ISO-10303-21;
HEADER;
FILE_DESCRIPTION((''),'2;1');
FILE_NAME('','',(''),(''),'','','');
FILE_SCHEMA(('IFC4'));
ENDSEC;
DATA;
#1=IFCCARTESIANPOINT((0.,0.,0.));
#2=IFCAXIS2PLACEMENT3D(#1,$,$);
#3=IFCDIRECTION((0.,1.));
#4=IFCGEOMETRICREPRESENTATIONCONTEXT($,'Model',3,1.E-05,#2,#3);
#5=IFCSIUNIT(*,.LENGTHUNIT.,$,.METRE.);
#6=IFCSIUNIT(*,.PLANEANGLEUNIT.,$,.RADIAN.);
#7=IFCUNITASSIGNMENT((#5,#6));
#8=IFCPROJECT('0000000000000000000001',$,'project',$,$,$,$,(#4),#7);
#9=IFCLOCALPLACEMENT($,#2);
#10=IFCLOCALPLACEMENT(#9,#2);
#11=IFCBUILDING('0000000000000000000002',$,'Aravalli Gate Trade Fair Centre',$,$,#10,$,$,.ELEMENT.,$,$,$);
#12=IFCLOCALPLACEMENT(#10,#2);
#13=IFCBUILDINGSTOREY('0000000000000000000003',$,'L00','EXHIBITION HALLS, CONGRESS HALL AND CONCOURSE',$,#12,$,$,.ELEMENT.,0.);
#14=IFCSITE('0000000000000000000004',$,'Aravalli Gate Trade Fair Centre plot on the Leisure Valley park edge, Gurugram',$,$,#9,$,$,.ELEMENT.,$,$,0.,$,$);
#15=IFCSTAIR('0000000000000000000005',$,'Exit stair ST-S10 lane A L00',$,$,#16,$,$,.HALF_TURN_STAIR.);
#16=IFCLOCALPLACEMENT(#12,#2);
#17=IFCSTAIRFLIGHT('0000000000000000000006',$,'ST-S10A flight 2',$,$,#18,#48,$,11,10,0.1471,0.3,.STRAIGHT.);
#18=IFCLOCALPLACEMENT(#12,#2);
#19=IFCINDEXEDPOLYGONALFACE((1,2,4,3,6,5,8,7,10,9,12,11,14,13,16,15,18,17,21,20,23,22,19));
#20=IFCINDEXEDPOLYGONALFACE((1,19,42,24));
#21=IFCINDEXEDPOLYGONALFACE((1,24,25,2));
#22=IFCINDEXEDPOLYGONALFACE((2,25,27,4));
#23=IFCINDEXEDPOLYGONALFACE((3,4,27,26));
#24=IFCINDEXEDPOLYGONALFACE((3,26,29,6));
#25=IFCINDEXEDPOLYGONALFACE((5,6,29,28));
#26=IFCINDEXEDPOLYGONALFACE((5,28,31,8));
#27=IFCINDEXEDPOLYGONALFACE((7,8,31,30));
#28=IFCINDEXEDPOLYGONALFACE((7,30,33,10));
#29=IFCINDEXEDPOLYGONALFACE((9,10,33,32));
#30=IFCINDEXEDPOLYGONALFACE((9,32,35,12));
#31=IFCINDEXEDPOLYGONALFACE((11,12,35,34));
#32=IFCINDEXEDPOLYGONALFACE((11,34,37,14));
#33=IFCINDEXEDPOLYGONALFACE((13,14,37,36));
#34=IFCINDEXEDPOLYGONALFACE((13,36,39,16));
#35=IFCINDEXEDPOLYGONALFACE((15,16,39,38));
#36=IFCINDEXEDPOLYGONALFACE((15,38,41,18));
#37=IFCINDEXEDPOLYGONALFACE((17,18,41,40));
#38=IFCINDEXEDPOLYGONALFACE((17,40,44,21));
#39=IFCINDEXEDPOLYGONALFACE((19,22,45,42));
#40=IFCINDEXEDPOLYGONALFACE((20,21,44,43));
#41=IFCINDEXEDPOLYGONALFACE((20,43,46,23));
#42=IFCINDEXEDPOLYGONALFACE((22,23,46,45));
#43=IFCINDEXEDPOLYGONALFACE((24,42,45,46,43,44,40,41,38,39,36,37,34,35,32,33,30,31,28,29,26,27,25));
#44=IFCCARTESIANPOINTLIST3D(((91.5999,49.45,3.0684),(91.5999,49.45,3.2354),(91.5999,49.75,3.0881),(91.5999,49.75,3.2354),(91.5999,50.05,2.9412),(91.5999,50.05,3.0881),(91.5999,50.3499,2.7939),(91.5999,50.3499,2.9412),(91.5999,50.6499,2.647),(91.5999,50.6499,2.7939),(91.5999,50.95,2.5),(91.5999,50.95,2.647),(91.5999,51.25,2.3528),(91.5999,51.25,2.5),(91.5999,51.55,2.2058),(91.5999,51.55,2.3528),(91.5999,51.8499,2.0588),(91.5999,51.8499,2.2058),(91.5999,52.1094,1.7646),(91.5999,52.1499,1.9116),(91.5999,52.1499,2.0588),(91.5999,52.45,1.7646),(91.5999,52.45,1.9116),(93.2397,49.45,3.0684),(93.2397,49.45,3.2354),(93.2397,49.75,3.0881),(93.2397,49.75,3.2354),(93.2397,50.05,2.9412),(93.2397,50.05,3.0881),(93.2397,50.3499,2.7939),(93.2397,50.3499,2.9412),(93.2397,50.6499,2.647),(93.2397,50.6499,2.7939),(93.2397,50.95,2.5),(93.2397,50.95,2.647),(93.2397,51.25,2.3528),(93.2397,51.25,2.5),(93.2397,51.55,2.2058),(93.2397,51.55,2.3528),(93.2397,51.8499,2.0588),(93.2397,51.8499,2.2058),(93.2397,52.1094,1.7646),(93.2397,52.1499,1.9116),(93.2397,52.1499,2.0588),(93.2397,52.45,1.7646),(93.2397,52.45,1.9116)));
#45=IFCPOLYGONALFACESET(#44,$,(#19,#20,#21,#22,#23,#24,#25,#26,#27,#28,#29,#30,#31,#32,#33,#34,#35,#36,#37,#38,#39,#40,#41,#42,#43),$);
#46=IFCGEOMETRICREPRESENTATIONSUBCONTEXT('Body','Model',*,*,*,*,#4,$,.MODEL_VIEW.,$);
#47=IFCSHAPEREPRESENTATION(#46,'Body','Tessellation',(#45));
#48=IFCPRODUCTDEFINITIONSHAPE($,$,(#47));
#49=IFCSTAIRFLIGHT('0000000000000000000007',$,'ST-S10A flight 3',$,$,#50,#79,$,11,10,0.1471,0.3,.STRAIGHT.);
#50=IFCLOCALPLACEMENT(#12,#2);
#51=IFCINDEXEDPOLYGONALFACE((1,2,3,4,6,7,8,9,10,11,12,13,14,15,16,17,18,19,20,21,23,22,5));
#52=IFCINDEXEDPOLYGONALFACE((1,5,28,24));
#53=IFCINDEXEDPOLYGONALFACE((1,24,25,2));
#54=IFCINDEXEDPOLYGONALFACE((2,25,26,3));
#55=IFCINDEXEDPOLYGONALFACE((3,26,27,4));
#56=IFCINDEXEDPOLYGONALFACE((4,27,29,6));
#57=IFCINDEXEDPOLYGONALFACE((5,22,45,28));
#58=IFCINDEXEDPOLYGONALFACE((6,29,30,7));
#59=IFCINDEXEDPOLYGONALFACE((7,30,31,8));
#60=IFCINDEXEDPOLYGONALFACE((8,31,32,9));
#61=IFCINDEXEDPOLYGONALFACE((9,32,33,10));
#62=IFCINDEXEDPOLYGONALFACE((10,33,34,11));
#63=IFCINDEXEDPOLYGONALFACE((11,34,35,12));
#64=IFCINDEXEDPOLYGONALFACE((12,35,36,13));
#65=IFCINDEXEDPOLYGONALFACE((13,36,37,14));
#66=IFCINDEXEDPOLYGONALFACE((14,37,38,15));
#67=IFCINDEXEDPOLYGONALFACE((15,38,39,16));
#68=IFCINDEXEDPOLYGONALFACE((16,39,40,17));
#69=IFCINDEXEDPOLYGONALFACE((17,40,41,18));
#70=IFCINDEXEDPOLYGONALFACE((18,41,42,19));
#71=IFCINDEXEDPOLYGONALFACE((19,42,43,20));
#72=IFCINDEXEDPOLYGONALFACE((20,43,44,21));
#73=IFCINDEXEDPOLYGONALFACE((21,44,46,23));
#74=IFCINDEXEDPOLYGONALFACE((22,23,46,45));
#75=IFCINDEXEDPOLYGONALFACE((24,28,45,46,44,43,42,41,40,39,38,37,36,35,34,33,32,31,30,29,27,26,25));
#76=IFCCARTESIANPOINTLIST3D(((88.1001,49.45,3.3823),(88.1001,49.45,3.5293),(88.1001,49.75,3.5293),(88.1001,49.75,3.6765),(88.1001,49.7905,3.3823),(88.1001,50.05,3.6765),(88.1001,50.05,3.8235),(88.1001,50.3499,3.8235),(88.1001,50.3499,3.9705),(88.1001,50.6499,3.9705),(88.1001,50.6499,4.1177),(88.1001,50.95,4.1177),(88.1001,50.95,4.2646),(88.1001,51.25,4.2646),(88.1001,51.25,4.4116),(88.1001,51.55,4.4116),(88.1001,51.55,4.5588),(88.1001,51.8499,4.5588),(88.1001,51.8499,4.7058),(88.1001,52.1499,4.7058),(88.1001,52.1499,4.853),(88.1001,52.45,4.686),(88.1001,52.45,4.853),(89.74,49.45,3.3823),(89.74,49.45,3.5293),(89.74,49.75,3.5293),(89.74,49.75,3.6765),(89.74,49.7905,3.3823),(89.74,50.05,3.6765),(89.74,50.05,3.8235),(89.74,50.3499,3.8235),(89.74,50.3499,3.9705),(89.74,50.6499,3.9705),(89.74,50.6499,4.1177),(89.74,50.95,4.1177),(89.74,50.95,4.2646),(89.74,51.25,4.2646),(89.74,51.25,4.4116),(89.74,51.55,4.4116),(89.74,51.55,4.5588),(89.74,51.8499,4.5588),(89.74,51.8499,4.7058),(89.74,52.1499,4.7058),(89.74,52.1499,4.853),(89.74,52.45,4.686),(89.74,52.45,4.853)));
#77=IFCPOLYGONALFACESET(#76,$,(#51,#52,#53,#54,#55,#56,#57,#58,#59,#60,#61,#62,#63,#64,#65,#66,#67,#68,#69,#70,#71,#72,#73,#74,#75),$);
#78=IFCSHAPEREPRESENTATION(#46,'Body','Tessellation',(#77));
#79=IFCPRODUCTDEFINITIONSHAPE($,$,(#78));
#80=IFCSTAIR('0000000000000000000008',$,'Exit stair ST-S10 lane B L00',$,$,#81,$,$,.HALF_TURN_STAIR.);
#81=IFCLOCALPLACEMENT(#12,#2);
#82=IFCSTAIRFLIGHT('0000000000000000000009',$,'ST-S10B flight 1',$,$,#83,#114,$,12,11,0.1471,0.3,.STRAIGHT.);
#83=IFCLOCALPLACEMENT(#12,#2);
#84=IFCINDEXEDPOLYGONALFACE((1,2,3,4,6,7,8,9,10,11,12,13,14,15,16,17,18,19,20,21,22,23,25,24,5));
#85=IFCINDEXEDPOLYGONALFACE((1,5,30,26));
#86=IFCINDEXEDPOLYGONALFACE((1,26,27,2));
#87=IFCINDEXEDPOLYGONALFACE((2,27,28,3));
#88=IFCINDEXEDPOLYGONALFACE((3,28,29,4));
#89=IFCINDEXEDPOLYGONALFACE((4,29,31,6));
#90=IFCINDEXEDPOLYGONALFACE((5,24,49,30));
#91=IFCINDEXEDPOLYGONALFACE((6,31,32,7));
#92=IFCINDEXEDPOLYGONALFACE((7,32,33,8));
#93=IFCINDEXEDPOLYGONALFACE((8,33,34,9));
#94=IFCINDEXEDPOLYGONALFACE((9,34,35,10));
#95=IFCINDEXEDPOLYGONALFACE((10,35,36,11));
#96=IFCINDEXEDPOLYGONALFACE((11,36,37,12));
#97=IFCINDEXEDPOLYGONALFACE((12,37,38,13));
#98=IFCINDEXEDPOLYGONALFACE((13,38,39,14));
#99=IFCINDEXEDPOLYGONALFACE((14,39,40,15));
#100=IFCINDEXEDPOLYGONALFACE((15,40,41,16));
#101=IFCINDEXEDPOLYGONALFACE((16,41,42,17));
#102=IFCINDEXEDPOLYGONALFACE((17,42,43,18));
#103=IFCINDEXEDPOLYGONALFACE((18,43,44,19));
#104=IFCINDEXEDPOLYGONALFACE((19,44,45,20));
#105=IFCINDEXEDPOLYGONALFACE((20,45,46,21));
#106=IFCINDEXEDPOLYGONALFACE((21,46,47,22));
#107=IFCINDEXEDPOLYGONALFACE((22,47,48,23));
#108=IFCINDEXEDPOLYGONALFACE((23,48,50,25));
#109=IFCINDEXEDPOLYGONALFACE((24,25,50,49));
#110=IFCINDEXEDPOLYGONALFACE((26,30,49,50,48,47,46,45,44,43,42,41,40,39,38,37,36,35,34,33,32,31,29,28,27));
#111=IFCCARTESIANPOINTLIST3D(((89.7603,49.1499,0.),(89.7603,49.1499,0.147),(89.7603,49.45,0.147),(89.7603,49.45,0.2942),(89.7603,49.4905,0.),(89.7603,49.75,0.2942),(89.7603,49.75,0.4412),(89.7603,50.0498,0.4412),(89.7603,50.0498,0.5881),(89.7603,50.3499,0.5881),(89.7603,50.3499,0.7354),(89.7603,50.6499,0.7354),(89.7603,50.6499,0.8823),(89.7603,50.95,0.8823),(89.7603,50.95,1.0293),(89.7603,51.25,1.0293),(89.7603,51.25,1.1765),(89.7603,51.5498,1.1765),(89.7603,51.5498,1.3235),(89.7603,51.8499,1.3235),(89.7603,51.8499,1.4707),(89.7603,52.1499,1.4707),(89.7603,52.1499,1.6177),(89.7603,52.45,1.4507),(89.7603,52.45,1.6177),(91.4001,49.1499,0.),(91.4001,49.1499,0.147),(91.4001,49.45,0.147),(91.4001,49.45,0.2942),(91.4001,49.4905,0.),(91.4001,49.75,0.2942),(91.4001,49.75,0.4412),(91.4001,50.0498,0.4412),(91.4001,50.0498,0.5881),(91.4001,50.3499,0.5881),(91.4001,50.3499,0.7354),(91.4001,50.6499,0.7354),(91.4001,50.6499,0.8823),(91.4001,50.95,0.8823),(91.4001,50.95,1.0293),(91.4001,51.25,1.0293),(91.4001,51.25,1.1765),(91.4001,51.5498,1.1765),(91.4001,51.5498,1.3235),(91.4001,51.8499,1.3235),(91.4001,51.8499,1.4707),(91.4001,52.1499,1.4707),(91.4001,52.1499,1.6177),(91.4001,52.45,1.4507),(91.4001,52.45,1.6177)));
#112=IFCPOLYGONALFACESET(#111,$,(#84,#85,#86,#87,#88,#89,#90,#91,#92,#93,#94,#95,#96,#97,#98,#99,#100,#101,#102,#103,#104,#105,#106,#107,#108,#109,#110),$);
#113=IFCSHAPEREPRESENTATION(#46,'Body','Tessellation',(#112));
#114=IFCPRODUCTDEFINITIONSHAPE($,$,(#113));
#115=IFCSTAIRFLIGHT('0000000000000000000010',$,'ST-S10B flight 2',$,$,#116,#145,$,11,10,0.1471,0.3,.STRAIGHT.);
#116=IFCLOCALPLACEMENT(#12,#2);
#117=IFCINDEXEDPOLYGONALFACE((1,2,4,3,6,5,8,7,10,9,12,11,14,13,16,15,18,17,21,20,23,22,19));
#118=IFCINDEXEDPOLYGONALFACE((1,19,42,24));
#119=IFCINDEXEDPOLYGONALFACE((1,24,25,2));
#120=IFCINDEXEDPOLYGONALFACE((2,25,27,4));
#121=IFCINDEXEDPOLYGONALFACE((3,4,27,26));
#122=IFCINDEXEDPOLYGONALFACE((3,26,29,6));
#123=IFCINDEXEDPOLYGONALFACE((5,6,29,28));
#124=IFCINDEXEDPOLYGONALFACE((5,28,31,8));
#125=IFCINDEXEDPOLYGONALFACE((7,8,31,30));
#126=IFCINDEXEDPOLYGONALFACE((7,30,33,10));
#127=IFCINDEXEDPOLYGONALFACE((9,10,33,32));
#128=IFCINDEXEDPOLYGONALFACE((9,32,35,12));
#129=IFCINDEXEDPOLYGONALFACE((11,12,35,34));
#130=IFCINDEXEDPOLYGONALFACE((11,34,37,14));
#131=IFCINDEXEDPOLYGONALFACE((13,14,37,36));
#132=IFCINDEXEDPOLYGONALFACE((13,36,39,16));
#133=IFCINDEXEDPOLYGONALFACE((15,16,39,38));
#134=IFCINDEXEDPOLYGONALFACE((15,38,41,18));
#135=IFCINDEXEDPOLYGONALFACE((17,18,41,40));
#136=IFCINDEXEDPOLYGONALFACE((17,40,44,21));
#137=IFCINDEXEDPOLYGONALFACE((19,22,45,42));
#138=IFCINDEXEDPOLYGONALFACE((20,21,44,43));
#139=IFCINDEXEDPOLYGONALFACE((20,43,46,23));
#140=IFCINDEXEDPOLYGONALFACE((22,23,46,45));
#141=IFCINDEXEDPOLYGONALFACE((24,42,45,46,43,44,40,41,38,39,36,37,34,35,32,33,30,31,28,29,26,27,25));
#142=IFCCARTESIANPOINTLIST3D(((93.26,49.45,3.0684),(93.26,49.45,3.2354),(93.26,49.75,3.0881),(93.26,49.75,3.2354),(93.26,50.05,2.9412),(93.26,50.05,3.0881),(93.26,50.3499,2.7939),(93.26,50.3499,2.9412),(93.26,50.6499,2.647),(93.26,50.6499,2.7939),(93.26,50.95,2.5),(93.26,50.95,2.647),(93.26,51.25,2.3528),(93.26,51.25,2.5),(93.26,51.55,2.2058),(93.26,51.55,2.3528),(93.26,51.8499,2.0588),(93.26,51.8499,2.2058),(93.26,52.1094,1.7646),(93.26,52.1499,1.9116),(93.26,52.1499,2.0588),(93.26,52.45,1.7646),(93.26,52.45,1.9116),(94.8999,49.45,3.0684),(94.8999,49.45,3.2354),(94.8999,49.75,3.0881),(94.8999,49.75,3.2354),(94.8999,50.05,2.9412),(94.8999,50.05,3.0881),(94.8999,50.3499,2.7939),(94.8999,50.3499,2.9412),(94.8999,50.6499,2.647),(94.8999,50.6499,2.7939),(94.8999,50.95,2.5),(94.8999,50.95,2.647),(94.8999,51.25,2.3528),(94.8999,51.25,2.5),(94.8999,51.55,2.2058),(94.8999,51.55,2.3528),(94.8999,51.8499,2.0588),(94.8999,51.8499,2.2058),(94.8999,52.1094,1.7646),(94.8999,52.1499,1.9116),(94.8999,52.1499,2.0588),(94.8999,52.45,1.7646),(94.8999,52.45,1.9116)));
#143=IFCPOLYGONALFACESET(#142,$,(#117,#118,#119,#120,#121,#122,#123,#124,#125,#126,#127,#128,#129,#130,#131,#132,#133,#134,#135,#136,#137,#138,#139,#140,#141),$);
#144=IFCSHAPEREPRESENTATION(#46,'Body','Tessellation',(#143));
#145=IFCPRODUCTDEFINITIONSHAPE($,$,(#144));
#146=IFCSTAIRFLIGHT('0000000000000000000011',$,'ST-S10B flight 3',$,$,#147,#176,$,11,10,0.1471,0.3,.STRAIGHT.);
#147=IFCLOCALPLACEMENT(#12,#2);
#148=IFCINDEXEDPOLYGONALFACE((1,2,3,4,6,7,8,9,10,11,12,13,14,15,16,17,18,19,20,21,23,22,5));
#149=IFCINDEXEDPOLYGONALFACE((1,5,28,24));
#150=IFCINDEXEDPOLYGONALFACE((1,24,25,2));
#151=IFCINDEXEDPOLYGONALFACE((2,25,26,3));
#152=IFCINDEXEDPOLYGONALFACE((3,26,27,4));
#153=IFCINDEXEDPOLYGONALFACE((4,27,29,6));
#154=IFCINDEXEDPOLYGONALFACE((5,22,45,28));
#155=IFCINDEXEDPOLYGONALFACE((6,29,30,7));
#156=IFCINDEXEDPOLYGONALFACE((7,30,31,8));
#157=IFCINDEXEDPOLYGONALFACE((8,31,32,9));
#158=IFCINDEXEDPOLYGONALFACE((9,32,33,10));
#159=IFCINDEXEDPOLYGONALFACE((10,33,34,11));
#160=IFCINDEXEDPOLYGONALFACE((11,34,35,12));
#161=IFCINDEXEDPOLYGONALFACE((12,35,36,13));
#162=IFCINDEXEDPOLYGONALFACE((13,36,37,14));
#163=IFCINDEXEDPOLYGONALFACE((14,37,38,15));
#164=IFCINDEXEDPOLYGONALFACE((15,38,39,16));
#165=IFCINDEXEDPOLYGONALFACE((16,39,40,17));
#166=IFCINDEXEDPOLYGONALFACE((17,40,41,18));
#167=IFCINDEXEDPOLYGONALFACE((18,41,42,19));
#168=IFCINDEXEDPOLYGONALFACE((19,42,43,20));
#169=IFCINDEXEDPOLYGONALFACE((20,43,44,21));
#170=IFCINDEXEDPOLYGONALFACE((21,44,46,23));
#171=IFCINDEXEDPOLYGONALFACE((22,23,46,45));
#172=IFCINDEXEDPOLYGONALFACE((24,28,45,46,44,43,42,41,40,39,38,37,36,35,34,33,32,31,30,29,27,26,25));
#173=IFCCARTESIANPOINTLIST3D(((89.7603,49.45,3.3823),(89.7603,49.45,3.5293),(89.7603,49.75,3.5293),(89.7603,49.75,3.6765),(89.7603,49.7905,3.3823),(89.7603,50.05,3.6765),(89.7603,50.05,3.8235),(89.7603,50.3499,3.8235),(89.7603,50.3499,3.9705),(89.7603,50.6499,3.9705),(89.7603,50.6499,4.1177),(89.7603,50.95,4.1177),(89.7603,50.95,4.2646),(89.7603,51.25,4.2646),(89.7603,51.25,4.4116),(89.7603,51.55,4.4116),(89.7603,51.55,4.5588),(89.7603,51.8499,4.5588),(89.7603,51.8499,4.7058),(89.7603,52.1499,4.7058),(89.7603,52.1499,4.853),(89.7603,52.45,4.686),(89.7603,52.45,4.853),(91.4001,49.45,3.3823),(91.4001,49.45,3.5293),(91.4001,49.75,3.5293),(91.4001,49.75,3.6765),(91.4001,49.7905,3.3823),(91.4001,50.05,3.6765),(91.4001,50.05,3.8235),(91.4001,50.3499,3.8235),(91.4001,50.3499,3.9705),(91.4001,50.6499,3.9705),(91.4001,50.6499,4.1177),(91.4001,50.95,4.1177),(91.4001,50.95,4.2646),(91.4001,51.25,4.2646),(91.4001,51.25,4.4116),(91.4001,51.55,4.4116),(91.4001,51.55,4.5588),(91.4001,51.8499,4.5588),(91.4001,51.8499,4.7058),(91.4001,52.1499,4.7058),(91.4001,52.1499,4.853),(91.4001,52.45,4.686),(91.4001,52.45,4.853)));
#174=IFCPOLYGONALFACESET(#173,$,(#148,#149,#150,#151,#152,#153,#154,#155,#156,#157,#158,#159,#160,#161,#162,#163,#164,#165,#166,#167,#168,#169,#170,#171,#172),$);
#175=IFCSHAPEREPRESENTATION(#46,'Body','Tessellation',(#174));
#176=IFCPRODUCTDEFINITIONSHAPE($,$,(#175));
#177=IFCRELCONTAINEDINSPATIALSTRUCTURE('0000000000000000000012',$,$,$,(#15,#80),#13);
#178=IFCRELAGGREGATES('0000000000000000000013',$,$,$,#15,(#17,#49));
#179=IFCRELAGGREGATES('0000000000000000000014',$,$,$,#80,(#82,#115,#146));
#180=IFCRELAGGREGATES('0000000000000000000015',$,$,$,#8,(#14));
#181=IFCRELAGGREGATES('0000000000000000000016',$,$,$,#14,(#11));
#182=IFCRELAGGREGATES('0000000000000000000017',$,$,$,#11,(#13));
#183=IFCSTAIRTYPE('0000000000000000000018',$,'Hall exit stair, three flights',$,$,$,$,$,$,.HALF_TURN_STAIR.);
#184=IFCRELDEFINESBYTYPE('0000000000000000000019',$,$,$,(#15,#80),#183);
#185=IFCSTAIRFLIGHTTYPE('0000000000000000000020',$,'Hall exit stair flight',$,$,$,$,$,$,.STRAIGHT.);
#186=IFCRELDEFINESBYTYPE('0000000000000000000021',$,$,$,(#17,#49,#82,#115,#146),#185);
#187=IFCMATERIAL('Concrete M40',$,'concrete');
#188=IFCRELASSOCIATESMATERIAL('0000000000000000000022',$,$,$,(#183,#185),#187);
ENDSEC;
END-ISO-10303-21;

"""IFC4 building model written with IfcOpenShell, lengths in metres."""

from ifc_helpers import new_model, si_unit, direction, frame, origin, place, context, subcontext, project, spatial, polyline, outline, extrude, material, type_object, element, aggregate, save


model = new_model("IFC4")

# Units and contexts
model_context = context("Model", 3, precision=1e-05, world=origin(), true_north=direction((0.0, 1.0)))
body_context = subcontext(model_context, "Body", "Model", "MODEL_VIEW")
ifc_project = project(units=[si_unit("LENGTHUNIT", "METRE"), si_unit("PLANEANGLEUNIT", "RADIAN")], contexts=[model_context])

# Site, building, storey
site_placement = place(None, origin())
site = spatial("IfcSite", under=ifc_project, at=site_placement, Name="Aravalli Gate Trade Fair Centre plot on the Leisure Valley park edge, Gurugram", CompositionType="ELEMENT", RefElevation=0.0)
building_placement = place(site_placement, origin())
building = spatial("IfcBuilding", under=site, at=building_placement, Name="Aravalli Gate Trade Fair Centre", CompositionType="ELEMENT")
storey_placement = place(building_placement, origin())
storey = spatial("IfcBuildingStorey", under=building, at=storey_placement, Name="L00", Description="EXHIBITION HALLS, CONGRESS HALL AND CONCOURSE", CompositionType="ELEMENT", Elevation=0.0)

# Shared definitions
ifc_material_1 = material(Name="Concrete M40", Category="concrete")

# Stairs, stair flights
stair_type = type_object("IfcStairType", Name="Hall exit stair, three flights", PredefinedType="HALF_TURN_STAIR", material=ifc_material_1)
stair_1_placement = place(storey_placement, origin())
stair_1 = element("IfcStair", 1, at=stair_1_placement, inside=storey, type_object=stair_type, Name="Exit stair ST-S10 lane A L00", PredefinedType="HALF_TURN_STAIR")
stair_flight_type = type_object("IfcStairFlightType", Name="Hall exit stair flight", PredefinedType="STRAIGHT", material=ifc_material_1)
stair_flight_1_placement = place(storey_placement, frame((92.4199, 52.45, 1.7646), z_axis=(0.0, 0.0, 1.0), x_axis=(0.0, -1.0, 0.0)))
stair_flight_1 = element("IfcStairFlight", 2, at=stair_flight_1_placement, type_object=stair_flight_type, Name="ST-S10A flight 2", NumberOfRisers=11, NumberOfTreads=10, PredefinedType="STRAIGHT", RiserHeight=0.1471, TreadLength=0.3, context=body_context, shape_type="SweptSolid", body=[
    extrude(outline(polyline([(0.0, 0.0), (0.0, 0.147), (0.3, 0.147), (0.3, 0.2942), (0.6001, 0.2942), (0.6001, 0.4412), (0.8999, 0.4412), (0.8999, 0.5881), (1.2, 0.5881), (1.2, 0.7354), (1.5, 0.7354), (1.5, 0.8823), (1.8, 0.8823), (1.8, 1.0293), (2.1001, 1.0293), (2.1001, 1.1765), (2.3999, 1.1765), (2.3999, 1.3235), (2.7, 1.3235), (2.7, 1.4707), (3.0, 1.4707), (3.0, 1.6177), (3.0, 1.3037), (0.3406, 0.0), (0.0, 0.0)])), frame((0.0, 0.8198, 0.0), z_axis=(0.0, -1.0, 0.0), x_axis=(1.0, 0.0, 0.0)), (0.0, 0.0, 1.0), 1.6399),
])
stair_flight_2_placement = place(storey_placement, frame((88.9199, 49.45, 3.3823), z_axis=(0.0, 0.0, 1.0), x_axis=(0.0, 1.0, 0.0)))
stair_flight_2 = element("IfcStairFlight", 3, at=stair_flight_2_placement, type_object=stair_flight_type, Name="ST-S10A flight 3", NumberOfRisers=11, NumberOfTreads=10, PredefinedType="STRAIGHT", RiserHeight=0.1471, TreadLength=0.3, context=body_context, shape_type="SweptSolid", body=[
    extrude(outline(polyline([(0.0, 0.0), (0.0, 0.147), (0.3, 0.147), (0.3, 0.2942), (0.6001, 0.2942), (0.6001, 0.4412), (0.8999, 0.4412), (0.8999, 0.5881), (1.2, 0.5881), (1.2, 0.7354), (1.5, 0.7354), (1.5, 0.8823), (1.8, 0.8823), (1.8, 1.0293), (2.1001, 1.0293), (2.1001, 1.1765), (2.3999, 1.1765), (2.3999, 1.3235), (2.7, 1.3235), (2.7, 1.4707), (3.0, 1.4707), (3.0, 1.6177), (3.0, 1.3037), (0.3406, 0.0), (0.0, 0.0)])), frame((0.0, 0.8198, 0.0), z_axis=(0.0, -1.0, 0.0), x_axis=(1.0, 0.0, 0.0)), (0.0, 0.0, 1.0), 1.6399),
])
aggregate(stair_1, [stair_flight_1, stair_flight_2])
stair_2_placement = place(storey_placement, origin())
stair_2 = element("IfcStair", 4, at=stair_2_placement, inside=storey, type_object=stair_type, Name="Exit stair ST-S10 lane B L00", PredefinedType="HALF_TURN_STAIR")
stair_flight_3_placement = place(storey_placement, frame((90.5801, 49.1499, 0.0), z_axis=(0.0, 0.0, 1.0), x_axis=(0.0, 1.0, 0.0)))
stair_flight_3 = element("IfcStairFlight", 5, at=stair_flight_3_placement, type_object=stair_flight_type, Name="ST-S10B flight 1", NumberOfRisers=12, NumberOfTreads=11, PredefinedType="STRAIGHT", RiserHeight=0.1471, TreadLength=0.3, context=body_context, shape_type="SweptSolid", body=[
    extrude(outline(polyline([(0.0, 0.0), (0.0, 0.147), (0.3, 0.147), (0.3, 0.2942), (0.6001, 0.2942), (0.6001, 0.4412), (0.8999, 0.4412), (0.8999, 0.5881), (1.2, 0.5881), (1.2, 0.7354), (1.5, 0.7354), (1.5, 0.8823), (1.8, 0.8823), (1.8, 1.0293), (2.1001, 1.0293), (2.1001, 1.1765), (2.3999, 1.1765), (2.3999, 1.3235), (2.7, 1.3235), (2.7, 1.4707), (3.0, 1.4707), (3.0, 1.6177), (3.3, 1.6177), (3.3, 1.7646), (3.3, 1.4507), (0.3406, 0.0), (0.0, 0.0)])), frame((0.0, 0.8198, 0.0), z_axis=(0.0, -1.0, 0.0), x_axis=(1.0, 0.0, 0.0)), (0.0, 0.0, 1.0), 1.6399),
])
stair_flight_4_placement = place(storey_placement, frame((94.0801, 52.45, 1.7646), z_axis=(0.0, 0.0, 1.0), x_axis=(0.0, -1.0, 0.0)))
stair_flight_4 = element("IfcStairFlight", 6, at=stair_flight_4_placement, type_object=stair_flight_type, Name="ST-S10B flight 2", NumberOfRisers=11, NumberOfTreads=10, PredefinedType="STRAIGHT", RiserHeight=0.1471, TreadLength=0.3, context=body_context, shape_type="SweptSolid", body=[
    extrude(outline(polyline([(0.0, 0.0), (0.0, 0.147), (0.3, 0.147), (0.3, 0.2942), (0.6001, 0.2942), (0.6001, 0.4412), (0.8999, 0.4412), (0.8999, 0.5881), (1.2, 0.5881), (1.2, 0.7354), (1.5, 0.7354), (1.5, 0.8823), (1.8, 0.8823), (1.8, 1.0293), (2.1001, 1.0293), (2.1001, 1.1765), (2.3999, 1.1765), (2.3999, 1.3235), (2.7, 1.3235), (2.7, 1.4707), (3.0, 1.4707), (3.0, 1.6177), (3.0, 1.3037), (0.3406, 0.0), (0.0, 0.0)])), frame((0.0, 0.8198, 0.0), z_axis=(0.0, -1.0, 0.0), x_axis=(1.0, 0.0, 0.0)), (0.0, 0.0, 1.0), 1.6399),
])
stair_flight_5_placement = place(storey_placement, frame((90.5801, 49.45, 3.3823), z_axis=(0.0, 0.0, 1.0), x_axis=(0.0, 1.0, 0.0)))
stair_flight_5 = element("IfcStairFlight", 7, at=stair_flight_5_placement, type_object=stair_flight_type, Name="ST-S10B flight 3", NumberOfRisers=11, NumberOfTreads=10, PredefinedType="STRAIGHT", RiserHeight=0.1471, TreadLength=0.3, context=body_context, shape_type="SweptSolid", body=[
    extrude(outline(polyline([(0.0, 0.0), (0.0, 0.147), (0.3, 0.147), (0.3, 0.2942), (0.6001, 0.2942), (0.6001, 0.4412), (0.8999, 0.4412), (0.8999, 0.5881), (1.2, 0.5881), (1.2, 0.7354), (1.5, 0.7354), (1.5, 0.8823), (1.8, 0.8823), (1.8, 1.0293), (2.1001, 1.0293), (2.1001, 1.1765), (2.3999, 1.1765), (2.3999, 1.3235), (2.7, 1.3235), (2.7, 1.4707), (3.0, 1.4707), (3.0, 1.6177), (3.0, 1.3037), (0.3406, 0.0), (0.0, 0.0)])), frame((0.0, 0.8198, 0.0), z_axis=(0.0, -1.0, 0.0), x_axis=(1.0, 0.0, 0.0)), (0.0, 0.0, 1.0), 1.6399),
])
aggregate(stair_2, [stair_flight_3, stair_flight_4, stair_flight_5])

save(model, "model.ifc")
